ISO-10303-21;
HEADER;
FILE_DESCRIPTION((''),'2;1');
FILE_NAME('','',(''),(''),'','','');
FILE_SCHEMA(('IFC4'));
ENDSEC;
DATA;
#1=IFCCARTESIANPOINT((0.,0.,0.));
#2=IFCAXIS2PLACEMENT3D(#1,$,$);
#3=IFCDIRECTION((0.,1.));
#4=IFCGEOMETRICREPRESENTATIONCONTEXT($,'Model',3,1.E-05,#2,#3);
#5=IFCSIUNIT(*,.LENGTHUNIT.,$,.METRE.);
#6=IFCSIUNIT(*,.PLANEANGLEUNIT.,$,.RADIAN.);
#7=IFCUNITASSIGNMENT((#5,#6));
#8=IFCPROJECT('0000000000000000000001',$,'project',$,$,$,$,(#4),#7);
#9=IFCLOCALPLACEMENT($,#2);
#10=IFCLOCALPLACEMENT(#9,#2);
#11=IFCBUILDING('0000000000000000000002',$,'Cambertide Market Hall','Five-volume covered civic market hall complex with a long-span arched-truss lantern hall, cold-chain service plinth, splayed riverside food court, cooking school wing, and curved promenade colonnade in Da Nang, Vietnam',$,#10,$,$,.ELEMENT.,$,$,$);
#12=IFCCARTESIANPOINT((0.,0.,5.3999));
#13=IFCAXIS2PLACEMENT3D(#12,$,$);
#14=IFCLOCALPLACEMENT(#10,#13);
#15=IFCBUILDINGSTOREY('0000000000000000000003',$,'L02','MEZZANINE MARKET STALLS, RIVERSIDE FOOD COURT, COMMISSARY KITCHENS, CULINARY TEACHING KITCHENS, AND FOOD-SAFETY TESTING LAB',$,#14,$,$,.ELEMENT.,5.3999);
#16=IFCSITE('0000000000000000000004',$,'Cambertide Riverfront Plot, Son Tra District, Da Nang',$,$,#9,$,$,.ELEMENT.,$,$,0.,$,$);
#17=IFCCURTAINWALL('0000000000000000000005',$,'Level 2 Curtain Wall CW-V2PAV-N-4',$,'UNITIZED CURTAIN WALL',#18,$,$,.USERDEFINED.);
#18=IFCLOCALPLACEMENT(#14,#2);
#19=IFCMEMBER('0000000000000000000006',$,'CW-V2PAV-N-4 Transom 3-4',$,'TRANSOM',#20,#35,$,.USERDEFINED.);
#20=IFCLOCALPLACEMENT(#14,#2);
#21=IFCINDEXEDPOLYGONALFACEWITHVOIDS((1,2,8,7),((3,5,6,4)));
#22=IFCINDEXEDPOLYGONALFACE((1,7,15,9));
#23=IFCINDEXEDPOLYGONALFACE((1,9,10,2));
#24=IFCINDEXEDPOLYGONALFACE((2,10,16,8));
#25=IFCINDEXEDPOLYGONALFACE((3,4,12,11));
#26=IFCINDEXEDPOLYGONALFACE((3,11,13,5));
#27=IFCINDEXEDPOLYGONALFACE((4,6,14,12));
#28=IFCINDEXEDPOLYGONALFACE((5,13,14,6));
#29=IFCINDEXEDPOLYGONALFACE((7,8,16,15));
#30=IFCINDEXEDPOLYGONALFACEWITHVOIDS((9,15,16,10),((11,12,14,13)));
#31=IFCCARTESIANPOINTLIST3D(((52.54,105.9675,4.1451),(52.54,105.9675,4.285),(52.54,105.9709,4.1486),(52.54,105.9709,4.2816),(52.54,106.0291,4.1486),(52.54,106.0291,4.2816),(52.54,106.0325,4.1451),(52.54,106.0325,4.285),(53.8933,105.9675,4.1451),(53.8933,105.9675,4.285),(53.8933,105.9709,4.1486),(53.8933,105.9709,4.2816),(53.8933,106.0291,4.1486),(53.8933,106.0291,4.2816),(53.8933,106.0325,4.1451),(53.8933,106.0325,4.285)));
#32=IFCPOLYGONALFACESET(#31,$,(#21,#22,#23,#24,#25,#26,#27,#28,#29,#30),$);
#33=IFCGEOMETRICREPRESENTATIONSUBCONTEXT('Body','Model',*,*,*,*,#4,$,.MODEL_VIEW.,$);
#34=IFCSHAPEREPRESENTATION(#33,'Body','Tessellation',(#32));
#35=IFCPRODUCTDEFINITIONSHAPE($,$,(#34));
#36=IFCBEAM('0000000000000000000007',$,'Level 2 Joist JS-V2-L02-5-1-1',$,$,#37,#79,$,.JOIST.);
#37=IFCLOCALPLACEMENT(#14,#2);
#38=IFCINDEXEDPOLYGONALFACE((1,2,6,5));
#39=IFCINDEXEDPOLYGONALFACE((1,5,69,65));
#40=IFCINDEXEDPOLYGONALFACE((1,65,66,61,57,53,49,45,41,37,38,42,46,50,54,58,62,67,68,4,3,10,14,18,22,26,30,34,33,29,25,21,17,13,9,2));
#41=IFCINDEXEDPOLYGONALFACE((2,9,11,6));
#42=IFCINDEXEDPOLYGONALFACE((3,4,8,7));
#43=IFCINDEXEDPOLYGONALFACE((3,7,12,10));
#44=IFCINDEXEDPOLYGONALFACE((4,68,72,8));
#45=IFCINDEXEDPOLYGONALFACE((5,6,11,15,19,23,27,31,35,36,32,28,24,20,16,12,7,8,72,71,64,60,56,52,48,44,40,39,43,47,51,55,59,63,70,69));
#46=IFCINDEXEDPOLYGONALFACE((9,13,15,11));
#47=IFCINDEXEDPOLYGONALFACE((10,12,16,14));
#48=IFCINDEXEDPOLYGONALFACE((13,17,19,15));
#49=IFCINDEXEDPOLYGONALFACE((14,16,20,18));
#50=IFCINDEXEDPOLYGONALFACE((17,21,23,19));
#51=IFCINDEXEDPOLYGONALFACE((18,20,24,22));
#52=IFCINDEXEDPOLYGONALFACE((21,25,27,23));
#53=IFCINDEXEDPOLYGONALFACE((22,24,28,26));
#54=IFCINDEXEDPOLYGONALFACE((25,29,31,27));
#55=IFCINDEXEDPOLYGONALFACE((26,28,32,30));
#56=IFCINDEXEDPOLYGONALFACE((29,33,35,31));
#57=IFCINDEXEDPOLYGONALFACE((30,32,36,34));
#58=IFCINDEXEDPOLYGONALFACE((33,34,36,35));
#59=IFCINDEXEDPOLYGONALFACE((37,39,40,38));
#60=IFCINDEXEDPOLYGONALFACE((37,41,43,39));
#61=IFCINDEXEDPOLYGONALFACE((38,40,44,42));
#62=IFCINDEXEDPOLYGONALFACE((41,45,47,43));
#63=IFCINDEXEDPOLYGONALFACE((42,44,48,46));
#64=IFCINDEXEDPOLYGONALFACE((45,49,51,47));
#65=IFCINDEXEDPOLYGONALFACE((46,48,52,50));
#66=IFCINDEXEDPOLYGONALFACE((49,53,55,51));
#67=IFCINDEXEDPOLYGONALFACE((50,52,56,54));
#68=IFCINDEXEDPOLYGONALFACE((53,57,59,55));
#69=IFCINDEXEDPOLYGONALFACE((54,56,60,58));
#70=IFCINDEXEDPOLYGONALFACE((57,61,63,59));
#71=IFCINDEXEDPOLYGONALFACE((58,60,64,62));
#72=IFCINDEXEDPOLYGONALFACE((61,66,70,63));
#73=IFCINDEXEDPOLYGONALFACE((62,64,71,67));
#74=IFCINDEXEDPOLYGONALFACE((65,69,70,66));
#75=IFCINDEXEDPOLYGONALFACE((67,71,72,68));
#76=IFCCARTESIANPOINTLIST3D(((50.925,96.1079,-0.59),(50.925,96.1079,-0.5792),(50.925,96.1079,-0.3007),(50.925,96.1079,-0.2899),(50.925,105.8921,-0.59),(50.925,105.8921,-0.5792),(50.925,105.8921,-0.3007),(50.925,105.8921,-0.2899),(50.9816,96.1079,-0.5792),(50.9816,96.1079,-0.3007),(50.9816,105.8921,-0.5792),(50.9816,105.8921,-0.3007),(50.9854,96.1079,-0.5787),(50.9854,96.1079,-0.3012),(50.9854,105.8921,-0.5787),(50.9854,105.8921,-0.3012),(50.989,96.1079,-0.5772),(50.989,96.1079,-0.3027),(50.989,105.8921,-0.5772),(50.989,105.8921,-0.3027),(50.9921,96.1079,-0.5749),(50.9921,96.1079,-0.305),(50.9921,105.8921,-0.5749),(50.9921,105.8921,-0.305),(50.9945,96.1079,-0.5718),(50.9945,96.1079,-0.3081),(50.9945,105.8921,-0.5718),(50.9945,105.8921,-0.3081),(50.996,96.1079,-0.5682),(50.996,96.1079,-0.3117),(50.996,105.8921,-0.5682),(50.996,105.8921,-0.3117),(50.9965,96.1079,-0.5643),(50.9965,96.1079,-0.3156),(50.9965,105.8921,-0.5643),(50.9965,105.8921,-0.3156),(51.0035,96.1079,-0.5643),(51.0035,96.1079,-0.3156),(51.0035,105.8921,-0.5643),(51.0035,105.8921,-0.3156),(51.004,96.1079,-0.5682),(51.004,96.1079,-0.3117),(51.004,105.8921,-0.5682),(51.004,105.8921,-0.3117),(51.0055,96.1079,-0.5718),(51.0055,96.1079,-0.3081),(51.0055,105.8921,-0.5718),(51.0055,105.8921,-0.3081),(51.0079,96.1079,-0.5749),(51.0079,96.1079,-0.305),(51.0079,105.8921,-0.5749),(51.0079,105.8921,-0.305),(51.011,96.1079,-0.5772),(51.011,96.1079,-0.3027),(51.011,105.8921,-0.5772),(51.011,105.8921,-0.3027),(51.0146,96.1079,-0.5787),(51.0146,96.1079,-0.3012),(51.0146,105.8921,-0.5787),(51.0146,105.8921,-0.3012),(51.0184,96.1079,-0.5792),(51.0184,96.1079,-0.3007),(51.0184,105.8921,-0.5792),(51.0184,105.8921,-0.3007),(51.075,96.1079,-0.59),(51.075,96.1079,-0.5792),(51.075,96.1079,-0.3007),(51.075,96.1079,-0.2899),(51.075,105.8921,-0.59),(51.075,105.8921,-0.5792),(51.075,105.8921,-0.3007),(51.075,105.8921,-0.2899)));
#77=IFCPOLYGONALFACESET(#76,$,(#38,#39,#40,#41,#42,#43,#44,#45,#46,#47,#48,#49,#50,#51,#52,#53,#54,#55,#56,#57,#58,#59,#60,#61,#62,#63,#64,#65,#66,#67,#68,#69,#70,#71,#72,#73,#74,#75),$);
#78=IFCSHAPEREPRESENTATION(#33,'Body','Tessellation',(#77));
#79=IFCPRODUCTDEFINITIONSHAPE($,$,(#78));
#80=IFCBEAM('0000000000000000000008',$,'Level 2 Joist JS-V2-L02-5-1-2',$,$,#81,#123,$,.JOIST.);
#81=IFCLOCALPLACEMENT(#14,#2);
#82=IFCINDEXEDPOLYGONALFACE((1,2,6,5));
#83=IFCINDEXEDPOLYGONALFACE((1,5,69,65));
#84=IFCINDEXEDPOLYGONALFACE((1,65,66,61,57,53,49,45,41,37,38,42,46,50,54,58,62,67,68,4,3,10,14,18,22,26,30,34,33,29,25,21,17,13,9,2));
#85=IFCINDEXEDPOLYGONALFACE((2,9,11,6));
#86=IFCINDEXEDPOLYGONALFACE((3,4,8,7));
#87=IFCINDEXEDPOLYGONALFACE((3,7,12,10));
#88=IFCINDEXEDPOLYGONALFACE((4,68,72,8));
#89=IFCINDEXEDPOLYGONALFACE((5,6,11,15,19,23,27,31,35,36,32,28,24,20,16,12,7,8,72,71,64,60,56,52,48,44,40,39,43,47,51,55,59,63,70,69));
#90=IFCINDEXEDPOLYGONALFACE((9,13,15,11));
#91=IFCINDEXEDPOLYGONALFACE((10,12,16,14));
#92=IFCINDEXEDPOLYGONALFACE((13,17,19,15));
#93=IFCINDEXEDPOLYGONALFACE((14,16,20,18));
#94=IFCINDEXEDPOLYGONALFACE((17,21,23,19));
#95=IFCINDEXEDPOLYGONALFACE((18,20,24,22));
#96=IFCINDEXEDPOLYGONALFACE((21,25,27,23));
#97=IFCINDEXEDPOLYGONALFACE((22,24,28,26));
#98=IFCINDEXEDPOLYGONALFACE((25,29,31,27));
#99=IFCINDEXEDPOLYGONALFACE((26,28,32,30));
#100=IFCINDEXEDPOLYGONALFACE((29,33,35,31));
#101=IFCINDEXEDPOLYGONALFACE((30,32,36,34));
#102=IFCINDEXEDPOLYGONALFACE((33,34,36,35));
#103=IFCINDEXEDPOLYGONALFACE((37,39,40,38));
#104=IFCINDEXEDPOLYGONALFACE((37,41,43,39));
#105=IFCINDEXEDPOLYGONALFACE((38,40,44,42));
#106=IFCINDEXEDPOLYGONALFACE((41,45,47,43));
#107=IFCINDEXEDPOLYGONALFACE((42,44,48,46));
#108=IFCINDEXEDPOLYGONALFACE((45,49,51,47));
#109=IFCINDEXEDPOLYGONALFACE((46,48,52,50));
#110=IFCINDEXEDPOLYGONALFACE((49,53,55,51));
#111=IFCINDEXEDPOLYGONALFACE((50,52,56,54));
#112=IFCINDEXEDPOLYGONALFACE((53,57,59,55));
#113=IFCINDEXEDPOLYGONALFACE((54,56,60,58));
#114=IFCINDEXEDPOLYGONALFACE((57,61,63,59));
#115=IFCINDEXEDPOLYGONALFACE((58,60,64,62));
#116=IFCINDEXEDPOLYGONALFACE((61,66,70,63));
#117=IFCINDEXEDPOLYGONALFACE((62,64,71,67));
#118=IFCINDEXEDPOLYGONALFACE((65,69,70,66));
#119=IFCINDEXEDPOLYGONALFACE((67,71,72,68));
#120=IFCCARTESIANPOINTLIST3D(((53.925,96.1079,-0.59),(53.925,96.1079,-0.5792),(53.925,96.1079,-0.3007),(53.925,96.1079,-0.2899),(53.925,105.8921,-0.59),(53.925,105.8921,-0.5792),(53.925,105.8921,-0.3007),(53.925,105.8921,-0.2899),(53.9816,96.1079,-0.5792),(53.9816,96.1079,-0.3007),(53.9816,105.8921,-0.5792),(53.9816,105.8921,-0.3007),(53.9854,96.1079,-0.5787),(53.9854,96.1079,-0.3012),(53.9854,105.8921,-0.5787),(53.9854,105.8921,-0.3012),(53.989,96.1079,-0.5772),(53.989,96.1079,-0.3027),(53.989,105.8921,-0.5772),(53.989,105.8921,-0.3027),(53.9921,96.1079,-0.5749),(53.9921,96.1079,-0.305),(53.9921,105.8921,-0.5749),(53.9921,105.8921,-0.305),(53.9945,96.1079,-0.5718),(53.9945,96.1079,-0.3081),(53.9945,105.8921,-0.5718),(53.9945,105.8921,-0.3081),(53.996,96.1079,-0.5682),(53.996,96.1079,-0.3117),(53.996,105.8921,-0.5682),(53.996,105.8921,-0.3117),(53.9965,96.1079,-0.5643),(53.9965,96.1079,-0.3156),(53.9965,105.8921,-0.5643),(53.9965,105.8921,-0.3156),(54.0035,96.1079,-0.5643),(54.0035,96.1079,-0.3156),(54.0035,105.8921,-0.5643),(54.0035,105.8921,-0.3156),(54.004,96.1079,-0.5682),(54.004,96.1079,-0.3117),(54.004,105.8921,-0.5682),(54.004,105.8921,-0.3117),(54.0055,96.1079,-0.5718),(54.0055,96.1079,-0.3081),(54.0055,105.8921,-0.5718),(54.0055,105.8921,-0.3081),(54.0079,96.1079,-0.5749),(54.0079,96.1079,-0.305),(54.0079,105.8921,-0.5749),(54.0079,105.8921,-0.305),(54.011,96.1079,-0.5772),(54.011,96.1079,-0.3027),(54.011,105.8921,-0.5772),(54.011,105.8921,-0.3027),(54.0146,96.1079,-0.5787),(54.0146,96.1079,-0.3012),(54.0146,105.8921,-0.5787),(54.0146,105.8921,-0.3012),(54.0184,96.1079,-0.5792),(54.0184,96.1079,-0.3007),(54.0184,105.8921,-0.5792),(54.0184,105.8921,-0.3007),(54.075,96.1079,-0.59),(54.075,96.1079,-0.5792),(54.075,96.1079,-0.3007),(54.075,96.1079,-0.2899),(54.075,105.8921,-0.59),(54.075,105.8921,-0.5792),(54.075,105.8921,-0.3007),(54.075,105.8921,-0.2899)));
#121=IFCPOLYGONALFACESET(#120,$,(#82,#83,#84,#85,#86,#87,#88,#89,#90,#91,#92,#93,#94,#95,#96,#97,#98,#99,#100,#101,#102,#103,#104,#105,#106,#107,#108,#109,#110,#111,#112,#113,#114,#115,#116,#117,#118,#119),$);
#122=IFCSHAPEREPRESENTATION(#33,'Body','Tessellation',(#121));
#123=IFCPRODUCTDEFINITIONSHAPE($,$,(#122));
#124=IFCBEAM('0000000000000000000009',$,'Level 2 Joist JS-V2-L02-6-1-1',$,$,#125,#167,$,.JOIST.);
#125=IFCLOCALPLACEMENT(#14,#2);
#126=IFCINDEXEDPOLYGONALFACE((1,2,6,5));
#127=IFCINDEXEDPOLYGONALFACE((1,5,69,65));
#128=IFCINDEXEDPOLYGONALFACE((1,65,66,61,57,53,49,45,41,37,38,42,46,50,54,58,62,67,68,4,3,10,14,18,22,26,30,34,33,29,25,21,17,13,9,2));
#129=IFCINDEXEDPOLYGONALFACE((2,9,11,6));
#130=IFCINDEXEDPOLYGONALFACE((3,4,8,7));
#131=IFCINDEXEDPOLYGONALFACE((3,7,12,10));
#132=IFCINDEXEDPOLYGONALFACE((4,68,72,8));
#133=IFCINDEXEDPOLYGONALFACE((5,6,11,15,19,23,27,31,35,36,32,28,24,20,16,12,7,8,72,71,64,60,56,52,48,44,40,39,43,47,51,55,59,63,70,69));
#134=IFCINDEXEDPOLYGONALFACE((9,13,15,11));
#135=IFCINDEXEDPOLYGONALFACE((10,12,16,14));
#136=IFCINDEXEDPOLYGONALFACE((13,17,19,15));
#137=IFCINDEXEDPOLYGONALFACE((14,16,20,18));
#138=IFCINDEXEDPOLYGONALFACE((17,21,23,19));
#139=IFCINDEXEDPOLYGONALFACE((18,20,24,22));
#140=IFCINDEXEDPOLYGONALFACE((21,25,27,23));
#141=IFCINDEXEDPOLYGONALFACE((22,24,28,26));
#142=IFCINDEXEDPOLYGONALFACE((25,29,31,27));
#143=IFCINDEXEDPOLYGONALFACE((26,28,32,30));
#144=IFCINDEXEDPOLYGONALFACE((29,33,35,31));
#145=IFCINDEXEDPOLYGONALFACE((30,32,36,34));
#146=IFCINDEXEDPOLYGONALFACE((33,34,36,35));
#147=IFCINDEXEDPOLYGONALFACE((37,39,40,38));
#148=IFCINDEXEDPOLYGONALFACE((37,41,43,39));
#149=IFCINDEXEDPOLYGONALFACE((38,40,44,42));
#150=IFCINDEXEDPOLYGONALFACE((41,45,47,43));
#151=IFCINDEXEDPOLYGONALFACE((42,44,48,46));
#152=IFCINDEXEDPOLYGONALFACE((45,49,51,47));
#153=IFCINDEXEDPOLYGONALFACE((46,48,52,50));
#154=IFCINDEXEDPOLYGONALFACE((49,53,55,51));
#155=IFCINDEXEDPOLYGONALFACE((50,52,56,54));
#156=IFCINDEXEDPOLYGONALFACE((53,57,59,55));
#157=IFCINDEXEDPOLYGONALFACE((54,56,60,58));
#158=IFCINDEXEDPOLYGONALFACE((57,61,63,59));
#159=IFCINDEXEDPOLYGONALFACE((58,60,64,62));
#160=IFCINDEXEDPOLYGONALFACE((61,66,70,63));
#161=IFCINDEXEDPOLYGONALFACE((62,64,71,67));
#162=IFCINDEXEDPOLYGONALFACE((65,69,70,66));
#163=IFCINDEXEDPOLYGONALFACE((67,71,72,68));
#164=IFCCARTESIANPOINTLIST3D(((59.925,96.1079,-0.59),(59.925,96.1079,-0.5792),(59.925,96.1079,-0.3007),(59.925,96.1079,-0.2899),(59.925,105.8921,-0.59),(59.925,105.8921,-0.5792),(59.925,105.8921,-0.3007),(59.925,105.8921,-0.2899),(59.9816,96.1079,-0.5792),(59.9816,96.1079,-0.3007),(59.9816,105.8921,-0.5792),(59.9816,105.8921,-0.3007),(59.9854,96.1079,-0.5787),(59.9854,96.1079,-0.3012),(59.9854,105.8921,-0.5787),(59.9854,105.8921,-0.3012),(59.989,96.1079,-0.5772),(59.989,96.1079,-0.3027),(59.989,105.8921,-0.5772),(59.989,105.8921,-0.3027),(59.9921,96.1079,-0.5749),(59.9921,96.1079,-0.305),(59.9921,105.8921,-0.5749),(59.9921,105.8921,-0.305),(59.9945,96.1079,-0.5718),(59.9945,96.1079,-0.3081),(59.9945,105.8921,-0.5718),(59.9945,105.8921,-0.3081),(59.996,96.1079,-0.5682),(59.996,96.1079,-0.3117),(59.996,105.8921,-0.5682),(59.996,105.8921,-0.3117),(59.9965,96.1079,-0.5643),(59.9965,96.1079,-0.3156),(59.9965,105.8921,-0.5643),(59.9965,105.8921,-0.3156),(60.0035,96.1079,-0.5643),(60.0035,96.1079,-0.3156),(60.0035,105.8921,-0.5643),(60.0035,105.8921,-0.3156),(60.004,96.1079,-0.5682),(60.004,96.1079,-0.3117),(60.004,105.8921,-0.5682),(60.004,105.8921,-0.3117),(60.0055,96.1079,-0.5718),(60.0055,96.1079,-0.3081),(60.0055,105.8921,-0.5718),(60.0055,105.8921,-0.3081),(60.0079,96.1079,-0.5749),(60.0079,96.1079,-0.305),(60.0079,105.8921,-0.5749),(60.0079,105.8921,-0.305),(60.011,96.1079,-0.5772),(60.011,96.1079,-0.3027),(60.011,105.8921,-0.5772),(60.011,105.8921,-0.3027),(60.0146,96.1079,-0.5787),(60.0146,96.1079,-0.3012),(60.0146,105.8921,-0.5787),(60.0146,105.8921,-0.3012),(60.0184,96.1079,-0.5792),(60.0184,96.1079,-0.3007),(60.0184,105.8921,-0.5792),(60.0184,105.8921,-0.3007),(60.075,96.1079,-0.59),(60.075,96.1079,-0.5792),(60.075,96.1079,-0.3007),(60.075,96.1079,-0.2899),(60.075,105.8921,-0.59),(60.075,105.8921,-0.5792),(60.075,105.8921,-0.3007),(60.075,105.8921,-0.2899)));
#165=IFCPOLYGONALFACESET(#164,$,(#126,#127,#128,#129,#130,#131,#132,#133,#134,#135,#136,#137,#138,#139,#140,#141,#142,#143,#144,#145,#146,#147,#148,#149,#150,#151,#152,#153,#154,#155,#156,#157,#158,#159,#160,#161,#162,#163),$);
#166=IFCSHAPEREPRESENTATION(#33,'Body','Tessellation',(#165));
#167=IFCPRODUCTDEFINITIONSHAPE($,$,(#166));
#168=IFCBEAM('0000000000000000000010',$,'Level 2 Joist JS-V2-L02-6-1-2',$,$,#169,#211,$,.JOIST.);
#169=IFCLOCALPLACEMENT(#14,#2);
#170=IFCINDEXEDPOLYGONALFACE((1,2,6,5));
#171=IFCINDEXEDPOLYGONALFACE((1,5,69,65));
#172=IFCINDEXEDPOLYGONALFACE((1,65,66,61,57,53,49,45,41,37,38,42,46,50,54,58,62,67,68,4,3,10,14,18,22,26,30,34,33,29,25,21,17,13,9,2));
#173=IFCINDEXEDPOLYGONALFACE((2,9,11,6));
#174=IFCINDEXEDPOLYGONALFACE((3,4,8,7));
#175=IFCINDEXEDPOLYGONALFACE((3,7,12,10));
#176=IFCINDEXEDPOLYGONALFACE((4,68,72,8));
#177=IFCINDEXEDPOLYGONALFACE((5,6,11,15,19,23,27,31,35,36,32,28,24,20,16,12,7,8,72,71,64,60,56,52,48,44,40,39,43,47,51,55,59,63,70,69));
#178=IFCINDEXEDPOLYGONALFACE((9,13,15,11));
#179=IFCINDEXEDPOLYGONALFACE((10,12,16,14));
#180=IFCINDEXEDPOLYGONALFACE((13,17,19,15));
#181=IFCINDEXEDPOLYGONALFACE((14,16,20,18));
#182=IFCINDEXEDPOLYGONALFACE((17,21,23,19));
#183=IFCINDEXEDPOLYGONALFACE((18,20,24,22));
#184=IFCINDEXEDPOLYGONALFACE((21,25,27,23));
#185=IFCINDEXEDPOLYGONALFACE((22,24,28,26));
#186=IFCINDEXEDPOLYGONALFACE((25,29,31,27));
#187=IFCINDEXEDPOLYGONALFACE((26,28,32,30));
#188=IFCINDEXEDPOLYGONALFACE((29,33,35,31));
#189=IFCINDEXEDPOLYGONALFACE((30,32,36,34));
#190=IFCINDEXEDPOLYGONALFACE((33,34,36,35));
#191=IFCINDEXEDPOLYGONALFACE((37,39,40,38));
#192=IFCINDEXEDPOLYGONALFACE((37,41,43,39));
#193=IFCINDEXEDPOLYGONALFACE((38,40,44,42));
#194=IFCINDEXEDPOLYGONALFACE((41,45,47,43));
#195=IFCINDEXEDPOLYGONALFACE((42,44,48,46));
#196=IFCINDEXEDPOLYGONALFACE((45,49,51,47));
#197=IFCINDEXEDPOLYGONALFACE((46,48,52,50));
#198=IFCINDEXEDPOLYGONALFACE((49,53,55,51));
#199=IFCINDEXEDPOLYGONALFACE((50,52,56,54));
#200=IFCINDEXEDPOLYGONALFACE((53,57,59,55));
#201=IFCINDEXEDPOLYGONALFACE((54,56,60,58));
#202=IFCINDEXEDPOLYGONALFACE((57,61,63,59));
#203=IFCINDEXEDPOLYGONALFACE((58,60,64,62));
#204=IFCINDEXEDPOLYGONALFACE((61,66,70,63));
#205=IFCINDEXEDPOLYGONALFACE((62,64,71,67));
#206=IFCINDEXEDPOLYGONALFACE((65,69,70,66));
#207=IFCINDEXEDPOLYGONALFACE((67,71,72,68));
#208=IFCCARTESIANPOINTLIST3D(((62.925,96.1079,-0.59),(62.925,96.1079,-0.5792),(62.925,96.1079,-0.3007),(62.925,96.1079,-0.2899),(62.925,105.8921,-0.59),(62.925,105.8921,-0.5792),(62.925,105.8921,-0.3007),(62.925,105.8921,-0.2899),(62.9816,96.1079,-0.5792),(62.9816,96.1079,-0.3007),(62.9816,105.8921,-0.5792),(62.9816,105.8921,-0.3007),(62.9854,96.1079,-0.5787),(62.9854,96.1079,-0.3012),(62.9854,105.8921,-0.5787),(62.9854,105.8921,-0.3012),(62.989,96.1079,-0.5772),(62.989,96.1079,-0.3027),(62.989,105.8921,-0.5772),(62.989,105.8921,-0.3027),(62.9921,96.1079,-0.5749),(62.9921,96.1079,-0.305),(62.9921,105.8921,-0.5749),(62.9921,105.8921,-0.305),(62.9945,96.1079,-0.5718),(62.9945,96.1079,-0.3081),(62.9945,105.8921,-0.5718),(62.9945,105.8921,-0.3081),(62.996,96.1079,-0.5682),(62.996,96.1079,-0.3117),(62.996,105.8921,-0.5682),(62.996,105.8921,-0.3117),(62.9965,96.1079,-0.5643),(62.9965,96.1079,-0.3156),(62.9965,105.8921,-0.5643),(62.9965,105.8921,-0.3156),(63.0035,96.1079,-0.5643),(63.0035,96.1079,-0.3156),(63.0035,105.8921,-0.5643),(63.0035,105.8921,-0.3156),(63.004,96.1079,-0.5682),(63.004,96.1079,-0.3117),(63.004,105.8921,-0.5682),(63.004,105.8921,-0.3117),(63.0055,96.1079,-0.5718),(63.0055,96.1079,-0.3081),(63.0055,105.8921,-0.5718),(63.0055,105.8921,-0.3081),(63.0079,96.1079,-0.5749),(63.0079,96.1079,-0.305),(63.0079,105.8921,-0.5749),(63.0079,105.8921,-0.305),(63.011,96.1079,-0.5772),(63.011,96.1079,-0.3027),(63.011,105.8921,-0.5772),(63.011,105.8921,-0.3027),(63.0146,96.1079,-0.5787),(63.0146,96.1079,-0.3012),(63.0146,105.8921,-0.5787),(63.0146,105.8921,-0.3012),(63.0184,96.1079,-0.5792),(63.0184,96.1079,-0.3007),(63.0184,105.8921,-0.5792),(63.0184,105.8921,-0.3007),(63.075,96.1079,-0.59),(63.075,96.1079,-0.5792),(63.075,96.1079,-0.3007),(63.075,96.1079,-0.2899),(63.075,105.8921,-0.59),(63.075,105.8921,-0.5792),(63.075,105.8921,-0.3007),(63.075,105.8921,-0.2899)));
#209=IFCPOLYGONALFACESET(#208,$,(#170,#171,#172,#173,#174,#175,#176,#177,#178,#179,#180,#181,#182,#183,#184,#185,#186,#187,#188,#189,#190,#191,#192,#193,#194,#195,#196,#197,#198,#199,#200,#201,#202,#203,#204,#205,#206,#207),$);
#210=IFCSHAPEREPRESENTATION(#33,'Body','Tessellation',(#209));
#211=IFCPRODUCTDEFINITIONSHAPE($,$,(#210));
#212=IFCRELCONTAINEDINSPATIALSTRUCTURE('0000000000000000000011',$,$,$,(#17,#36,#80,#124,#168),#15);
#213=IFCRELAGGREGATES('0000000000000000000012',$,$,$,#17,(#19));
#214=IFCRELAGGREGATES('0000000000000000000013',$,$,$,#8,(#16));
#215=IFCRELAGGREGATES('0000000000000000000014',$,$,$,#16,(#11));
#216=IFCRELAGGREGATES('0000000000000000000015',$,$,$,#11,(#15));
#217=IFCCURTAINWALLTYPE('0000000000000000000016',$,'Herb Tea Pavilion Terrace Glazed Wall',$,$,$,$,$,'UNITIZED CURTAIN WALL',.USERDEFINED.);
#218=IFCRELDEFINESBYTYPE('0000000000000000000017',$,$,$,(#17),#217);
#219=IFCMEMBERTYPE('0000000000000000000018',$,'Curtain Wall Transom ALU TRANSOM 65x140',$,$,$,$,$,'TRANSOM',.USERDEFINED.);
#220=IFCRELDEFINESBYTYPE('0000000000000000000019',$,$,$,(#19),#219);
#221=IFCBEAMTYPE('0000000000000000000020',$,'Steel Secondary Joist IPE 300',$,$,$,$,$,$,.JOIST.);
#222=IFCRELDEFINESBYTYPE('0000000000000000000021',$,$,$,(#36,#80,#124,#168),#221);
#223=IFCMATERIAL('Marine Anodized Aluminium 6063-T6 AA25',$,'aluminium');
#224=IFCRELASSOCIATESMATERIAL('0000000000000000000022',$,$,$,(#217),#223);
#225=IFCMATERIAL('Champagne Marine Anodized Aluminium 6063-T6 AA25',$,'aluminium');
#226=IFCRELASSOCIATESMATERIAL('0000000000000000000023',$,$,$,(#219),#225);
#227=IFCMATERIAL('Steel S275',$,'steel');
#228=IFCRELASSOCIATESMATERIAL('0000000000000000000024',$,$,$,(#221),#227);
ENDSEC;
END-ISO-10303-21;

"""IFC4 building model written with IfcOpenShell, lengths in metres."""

from ifc_helpers import new_model, si_unit, direction, frame, origin, origin_2d, place, context, subcontext, project, spatial, hollow_rectangle, i_section, extrude, material, material_profile, profile_set, type_object, element, aggregate, save


model = new_model("IFC4")

# Units and contexts
model_context = context("Model", 3, precision=1e-05, world=origin(), true_north=direction((0.0, 1.0)))
body_context = subcontext(model_context, "Body", "Model", "MODEL_VIEW")
ifc_project = project(units=[si_unit("LENGTHUNIT", "METRE"), si_unit("PLANEANGLEUNIT", "RADIAN")], contexts=[model_context])

# Site, building, storey
site_placement = place(None, origin())
site = spatial("IfcSite", under=ifc_project, at=site_placement, Name="Cambertide Riverfront Plot, Son Tra District, Da Nang", CompositionType="ELEMENT", RefElevation=0.0)
building_placement = place(site_placement, origin())
building = spatial("IfcBuilding", under=site, at=building_placement, Name="Cambertide Market Hall", Description="Five-volume covered civic market hall complex with a long-span arched-truss lantern hall, cold-chain service plinth, splayed riverside food court, cooking school wing, and curved promenade colonnade in Da Nang, Vietnam", CompositionType="ELEMENT")
storey_placement = place(building_placement, frame((0.0, 0.0, 5.3999)))
storey = spatial("IfcBuildingStorey", under=building, at=storey_placement, Name="L02", Description="MEZZANINE MARKET STALLS, RIVERSIDE FOOD COURT, COMMISSARY KITCHENS, CULINARY TEACHING KITCHENS, AND FOOD-SAFETY TESTING LAB", CompositionType="ELEMENT", Elevation=5.3999)

# Curtain wall, member
ifc_material_1 = material(Name="Marine Anodized Aluminium 6063-T6 AA25", Category="aluminium")
curtain_wall_type = type_object("IfcCurtainWallType", Name="Herb Tea Pavilion Terrace Glazed Wall", ElementType="UNITIZED CURTAIN WALL", PredefinedType="USERDEFINED", material=ifc_material_1)
curtain_wall_1_placement = place(storey_placement, origin())
curtain_wall_1 = element("IfcCurtainWall", 1, at=curtain_wall_1_placement, inside=storey, type_object=curtain_wall_type, Name="Level 2 Curtain Wall CW-V2PAV-N-4", ObjectType="UNITIZED CURTAIN WALL", PredefinedType="USERDEFINED")
ifc_material_2 = material(Name="Champagne Marine Anodized Aluminium 6063-T6 AA25", Category="aluminium")
ifc_material_profile_1 = material_profile(ifc_material_2, hollow_rectangle(XDim=0.0649, YDim=0.1399, WallThickness=0.0034, at=origin_2d()), Name="ALU TRANSOM 65x140")
ifc_profile_set_1 = profile_set([ifc_material_profile_1], Name="Champagne Marine Anodized Aluminium 6063-T6 AA25")
member_type_1 = type_object("IfcMemberType", Name="Curtain Wall Transom ALU TRANSOM 65x140", ElementType="TRANSOM", PredefinedType="USERDEFINED", material=ifc_profile_set_1)
member_1_placement = place(storey_placement, frame((52.54, 106.0, 4.2151), z_axis=(1.0, 0.0, 0.0), x_axis=(0.0, 1.0, 0.0)))
member_1 = element("IfcMember", 2, at=member_1_placement, type_object=member_type_1, Name="CW-V2PAV-N-4 Transom 3-4", ObjectType="TRANSOM", PredefinedType="USERDEFINED", context=body_context, shape_type="SweptSolid", body=[
    extrude(hollow_rectangle(XDim=0.0649, YDim=0.1399, WallThickness=0.0034, at=origin_2d()), origin(), (0.0, 0.0, 1.0), 1.3533),
])

# Beams
ifc_material_3 = material(Name="Steel S275", Category="steel")
ifc_material_profile_2 = material_profile(ifc_material_3, i_section(OverallWidth=0.1499, OverallDepth=0.3, WebThickness=0.0071, FlangeThickness=0.0107, FilletRadius=0.0149, at=origin_2d()), Name="IPE 300")
ifc_profile_set_2 = profile_set([ifc_material_profile_2], Name="Steel S275")
beam_type = type_object("IfcBeamType", Name="Steel Secondary Joist IPE 300", PredefinedType="JOIST", material=ifc_profile_set_2)
for number, where, z_axis, x_axis, name in (
    (3, (51.0, 96.1079, -0.4399), (0.0, 1.0, 0.0), (-1.0, 0.0, 0.0), "Level 2 Joist JS-V2-L02-5-1-1"),
    (4, (54.0, 96.1079, -0.4399), (0.0, 1.0, 0.0), (-1.0, 0.0, 0.0), "Level 2 Joist JS-V2-L02-5-1-2"),
    (5, (60.0, 96.1079, -0.4399), (0.0, 1.0, 0.0), (-1.0, 0.0, 0.0), "Level 2 Joist JS-V2-L02-6-1-1"),
    (6, (63.0, 96.1079, -0.4399), (0.0, 1.0, 0.0), (-1.0, 0.0, 0.0), "Level 2 Joist JS-V2-L02-6-1-2"),
):
    element("IfcBeam", number, at=place(storey_placement, frame(where, z_axis=z_axis, x_axis=x_axis)), inside=storey, type_object=beam_type, Name=name, PredefinedType="JOIST", context=body_context, shape_type="SweptSolid", body=[
        extrude(i_section(OverallWidth=0.1499, OverallDepth=0.3, WebThickness=0.0071, FlangeThickness=0.0107, FilletRadius=0.0149, at=origin_2d()), origin(), (0.0, 0.0, 1.0), 9.7842),
    ])

aggregate(curtain_wall_1, [member_1])

save(model, "model.ifc")
